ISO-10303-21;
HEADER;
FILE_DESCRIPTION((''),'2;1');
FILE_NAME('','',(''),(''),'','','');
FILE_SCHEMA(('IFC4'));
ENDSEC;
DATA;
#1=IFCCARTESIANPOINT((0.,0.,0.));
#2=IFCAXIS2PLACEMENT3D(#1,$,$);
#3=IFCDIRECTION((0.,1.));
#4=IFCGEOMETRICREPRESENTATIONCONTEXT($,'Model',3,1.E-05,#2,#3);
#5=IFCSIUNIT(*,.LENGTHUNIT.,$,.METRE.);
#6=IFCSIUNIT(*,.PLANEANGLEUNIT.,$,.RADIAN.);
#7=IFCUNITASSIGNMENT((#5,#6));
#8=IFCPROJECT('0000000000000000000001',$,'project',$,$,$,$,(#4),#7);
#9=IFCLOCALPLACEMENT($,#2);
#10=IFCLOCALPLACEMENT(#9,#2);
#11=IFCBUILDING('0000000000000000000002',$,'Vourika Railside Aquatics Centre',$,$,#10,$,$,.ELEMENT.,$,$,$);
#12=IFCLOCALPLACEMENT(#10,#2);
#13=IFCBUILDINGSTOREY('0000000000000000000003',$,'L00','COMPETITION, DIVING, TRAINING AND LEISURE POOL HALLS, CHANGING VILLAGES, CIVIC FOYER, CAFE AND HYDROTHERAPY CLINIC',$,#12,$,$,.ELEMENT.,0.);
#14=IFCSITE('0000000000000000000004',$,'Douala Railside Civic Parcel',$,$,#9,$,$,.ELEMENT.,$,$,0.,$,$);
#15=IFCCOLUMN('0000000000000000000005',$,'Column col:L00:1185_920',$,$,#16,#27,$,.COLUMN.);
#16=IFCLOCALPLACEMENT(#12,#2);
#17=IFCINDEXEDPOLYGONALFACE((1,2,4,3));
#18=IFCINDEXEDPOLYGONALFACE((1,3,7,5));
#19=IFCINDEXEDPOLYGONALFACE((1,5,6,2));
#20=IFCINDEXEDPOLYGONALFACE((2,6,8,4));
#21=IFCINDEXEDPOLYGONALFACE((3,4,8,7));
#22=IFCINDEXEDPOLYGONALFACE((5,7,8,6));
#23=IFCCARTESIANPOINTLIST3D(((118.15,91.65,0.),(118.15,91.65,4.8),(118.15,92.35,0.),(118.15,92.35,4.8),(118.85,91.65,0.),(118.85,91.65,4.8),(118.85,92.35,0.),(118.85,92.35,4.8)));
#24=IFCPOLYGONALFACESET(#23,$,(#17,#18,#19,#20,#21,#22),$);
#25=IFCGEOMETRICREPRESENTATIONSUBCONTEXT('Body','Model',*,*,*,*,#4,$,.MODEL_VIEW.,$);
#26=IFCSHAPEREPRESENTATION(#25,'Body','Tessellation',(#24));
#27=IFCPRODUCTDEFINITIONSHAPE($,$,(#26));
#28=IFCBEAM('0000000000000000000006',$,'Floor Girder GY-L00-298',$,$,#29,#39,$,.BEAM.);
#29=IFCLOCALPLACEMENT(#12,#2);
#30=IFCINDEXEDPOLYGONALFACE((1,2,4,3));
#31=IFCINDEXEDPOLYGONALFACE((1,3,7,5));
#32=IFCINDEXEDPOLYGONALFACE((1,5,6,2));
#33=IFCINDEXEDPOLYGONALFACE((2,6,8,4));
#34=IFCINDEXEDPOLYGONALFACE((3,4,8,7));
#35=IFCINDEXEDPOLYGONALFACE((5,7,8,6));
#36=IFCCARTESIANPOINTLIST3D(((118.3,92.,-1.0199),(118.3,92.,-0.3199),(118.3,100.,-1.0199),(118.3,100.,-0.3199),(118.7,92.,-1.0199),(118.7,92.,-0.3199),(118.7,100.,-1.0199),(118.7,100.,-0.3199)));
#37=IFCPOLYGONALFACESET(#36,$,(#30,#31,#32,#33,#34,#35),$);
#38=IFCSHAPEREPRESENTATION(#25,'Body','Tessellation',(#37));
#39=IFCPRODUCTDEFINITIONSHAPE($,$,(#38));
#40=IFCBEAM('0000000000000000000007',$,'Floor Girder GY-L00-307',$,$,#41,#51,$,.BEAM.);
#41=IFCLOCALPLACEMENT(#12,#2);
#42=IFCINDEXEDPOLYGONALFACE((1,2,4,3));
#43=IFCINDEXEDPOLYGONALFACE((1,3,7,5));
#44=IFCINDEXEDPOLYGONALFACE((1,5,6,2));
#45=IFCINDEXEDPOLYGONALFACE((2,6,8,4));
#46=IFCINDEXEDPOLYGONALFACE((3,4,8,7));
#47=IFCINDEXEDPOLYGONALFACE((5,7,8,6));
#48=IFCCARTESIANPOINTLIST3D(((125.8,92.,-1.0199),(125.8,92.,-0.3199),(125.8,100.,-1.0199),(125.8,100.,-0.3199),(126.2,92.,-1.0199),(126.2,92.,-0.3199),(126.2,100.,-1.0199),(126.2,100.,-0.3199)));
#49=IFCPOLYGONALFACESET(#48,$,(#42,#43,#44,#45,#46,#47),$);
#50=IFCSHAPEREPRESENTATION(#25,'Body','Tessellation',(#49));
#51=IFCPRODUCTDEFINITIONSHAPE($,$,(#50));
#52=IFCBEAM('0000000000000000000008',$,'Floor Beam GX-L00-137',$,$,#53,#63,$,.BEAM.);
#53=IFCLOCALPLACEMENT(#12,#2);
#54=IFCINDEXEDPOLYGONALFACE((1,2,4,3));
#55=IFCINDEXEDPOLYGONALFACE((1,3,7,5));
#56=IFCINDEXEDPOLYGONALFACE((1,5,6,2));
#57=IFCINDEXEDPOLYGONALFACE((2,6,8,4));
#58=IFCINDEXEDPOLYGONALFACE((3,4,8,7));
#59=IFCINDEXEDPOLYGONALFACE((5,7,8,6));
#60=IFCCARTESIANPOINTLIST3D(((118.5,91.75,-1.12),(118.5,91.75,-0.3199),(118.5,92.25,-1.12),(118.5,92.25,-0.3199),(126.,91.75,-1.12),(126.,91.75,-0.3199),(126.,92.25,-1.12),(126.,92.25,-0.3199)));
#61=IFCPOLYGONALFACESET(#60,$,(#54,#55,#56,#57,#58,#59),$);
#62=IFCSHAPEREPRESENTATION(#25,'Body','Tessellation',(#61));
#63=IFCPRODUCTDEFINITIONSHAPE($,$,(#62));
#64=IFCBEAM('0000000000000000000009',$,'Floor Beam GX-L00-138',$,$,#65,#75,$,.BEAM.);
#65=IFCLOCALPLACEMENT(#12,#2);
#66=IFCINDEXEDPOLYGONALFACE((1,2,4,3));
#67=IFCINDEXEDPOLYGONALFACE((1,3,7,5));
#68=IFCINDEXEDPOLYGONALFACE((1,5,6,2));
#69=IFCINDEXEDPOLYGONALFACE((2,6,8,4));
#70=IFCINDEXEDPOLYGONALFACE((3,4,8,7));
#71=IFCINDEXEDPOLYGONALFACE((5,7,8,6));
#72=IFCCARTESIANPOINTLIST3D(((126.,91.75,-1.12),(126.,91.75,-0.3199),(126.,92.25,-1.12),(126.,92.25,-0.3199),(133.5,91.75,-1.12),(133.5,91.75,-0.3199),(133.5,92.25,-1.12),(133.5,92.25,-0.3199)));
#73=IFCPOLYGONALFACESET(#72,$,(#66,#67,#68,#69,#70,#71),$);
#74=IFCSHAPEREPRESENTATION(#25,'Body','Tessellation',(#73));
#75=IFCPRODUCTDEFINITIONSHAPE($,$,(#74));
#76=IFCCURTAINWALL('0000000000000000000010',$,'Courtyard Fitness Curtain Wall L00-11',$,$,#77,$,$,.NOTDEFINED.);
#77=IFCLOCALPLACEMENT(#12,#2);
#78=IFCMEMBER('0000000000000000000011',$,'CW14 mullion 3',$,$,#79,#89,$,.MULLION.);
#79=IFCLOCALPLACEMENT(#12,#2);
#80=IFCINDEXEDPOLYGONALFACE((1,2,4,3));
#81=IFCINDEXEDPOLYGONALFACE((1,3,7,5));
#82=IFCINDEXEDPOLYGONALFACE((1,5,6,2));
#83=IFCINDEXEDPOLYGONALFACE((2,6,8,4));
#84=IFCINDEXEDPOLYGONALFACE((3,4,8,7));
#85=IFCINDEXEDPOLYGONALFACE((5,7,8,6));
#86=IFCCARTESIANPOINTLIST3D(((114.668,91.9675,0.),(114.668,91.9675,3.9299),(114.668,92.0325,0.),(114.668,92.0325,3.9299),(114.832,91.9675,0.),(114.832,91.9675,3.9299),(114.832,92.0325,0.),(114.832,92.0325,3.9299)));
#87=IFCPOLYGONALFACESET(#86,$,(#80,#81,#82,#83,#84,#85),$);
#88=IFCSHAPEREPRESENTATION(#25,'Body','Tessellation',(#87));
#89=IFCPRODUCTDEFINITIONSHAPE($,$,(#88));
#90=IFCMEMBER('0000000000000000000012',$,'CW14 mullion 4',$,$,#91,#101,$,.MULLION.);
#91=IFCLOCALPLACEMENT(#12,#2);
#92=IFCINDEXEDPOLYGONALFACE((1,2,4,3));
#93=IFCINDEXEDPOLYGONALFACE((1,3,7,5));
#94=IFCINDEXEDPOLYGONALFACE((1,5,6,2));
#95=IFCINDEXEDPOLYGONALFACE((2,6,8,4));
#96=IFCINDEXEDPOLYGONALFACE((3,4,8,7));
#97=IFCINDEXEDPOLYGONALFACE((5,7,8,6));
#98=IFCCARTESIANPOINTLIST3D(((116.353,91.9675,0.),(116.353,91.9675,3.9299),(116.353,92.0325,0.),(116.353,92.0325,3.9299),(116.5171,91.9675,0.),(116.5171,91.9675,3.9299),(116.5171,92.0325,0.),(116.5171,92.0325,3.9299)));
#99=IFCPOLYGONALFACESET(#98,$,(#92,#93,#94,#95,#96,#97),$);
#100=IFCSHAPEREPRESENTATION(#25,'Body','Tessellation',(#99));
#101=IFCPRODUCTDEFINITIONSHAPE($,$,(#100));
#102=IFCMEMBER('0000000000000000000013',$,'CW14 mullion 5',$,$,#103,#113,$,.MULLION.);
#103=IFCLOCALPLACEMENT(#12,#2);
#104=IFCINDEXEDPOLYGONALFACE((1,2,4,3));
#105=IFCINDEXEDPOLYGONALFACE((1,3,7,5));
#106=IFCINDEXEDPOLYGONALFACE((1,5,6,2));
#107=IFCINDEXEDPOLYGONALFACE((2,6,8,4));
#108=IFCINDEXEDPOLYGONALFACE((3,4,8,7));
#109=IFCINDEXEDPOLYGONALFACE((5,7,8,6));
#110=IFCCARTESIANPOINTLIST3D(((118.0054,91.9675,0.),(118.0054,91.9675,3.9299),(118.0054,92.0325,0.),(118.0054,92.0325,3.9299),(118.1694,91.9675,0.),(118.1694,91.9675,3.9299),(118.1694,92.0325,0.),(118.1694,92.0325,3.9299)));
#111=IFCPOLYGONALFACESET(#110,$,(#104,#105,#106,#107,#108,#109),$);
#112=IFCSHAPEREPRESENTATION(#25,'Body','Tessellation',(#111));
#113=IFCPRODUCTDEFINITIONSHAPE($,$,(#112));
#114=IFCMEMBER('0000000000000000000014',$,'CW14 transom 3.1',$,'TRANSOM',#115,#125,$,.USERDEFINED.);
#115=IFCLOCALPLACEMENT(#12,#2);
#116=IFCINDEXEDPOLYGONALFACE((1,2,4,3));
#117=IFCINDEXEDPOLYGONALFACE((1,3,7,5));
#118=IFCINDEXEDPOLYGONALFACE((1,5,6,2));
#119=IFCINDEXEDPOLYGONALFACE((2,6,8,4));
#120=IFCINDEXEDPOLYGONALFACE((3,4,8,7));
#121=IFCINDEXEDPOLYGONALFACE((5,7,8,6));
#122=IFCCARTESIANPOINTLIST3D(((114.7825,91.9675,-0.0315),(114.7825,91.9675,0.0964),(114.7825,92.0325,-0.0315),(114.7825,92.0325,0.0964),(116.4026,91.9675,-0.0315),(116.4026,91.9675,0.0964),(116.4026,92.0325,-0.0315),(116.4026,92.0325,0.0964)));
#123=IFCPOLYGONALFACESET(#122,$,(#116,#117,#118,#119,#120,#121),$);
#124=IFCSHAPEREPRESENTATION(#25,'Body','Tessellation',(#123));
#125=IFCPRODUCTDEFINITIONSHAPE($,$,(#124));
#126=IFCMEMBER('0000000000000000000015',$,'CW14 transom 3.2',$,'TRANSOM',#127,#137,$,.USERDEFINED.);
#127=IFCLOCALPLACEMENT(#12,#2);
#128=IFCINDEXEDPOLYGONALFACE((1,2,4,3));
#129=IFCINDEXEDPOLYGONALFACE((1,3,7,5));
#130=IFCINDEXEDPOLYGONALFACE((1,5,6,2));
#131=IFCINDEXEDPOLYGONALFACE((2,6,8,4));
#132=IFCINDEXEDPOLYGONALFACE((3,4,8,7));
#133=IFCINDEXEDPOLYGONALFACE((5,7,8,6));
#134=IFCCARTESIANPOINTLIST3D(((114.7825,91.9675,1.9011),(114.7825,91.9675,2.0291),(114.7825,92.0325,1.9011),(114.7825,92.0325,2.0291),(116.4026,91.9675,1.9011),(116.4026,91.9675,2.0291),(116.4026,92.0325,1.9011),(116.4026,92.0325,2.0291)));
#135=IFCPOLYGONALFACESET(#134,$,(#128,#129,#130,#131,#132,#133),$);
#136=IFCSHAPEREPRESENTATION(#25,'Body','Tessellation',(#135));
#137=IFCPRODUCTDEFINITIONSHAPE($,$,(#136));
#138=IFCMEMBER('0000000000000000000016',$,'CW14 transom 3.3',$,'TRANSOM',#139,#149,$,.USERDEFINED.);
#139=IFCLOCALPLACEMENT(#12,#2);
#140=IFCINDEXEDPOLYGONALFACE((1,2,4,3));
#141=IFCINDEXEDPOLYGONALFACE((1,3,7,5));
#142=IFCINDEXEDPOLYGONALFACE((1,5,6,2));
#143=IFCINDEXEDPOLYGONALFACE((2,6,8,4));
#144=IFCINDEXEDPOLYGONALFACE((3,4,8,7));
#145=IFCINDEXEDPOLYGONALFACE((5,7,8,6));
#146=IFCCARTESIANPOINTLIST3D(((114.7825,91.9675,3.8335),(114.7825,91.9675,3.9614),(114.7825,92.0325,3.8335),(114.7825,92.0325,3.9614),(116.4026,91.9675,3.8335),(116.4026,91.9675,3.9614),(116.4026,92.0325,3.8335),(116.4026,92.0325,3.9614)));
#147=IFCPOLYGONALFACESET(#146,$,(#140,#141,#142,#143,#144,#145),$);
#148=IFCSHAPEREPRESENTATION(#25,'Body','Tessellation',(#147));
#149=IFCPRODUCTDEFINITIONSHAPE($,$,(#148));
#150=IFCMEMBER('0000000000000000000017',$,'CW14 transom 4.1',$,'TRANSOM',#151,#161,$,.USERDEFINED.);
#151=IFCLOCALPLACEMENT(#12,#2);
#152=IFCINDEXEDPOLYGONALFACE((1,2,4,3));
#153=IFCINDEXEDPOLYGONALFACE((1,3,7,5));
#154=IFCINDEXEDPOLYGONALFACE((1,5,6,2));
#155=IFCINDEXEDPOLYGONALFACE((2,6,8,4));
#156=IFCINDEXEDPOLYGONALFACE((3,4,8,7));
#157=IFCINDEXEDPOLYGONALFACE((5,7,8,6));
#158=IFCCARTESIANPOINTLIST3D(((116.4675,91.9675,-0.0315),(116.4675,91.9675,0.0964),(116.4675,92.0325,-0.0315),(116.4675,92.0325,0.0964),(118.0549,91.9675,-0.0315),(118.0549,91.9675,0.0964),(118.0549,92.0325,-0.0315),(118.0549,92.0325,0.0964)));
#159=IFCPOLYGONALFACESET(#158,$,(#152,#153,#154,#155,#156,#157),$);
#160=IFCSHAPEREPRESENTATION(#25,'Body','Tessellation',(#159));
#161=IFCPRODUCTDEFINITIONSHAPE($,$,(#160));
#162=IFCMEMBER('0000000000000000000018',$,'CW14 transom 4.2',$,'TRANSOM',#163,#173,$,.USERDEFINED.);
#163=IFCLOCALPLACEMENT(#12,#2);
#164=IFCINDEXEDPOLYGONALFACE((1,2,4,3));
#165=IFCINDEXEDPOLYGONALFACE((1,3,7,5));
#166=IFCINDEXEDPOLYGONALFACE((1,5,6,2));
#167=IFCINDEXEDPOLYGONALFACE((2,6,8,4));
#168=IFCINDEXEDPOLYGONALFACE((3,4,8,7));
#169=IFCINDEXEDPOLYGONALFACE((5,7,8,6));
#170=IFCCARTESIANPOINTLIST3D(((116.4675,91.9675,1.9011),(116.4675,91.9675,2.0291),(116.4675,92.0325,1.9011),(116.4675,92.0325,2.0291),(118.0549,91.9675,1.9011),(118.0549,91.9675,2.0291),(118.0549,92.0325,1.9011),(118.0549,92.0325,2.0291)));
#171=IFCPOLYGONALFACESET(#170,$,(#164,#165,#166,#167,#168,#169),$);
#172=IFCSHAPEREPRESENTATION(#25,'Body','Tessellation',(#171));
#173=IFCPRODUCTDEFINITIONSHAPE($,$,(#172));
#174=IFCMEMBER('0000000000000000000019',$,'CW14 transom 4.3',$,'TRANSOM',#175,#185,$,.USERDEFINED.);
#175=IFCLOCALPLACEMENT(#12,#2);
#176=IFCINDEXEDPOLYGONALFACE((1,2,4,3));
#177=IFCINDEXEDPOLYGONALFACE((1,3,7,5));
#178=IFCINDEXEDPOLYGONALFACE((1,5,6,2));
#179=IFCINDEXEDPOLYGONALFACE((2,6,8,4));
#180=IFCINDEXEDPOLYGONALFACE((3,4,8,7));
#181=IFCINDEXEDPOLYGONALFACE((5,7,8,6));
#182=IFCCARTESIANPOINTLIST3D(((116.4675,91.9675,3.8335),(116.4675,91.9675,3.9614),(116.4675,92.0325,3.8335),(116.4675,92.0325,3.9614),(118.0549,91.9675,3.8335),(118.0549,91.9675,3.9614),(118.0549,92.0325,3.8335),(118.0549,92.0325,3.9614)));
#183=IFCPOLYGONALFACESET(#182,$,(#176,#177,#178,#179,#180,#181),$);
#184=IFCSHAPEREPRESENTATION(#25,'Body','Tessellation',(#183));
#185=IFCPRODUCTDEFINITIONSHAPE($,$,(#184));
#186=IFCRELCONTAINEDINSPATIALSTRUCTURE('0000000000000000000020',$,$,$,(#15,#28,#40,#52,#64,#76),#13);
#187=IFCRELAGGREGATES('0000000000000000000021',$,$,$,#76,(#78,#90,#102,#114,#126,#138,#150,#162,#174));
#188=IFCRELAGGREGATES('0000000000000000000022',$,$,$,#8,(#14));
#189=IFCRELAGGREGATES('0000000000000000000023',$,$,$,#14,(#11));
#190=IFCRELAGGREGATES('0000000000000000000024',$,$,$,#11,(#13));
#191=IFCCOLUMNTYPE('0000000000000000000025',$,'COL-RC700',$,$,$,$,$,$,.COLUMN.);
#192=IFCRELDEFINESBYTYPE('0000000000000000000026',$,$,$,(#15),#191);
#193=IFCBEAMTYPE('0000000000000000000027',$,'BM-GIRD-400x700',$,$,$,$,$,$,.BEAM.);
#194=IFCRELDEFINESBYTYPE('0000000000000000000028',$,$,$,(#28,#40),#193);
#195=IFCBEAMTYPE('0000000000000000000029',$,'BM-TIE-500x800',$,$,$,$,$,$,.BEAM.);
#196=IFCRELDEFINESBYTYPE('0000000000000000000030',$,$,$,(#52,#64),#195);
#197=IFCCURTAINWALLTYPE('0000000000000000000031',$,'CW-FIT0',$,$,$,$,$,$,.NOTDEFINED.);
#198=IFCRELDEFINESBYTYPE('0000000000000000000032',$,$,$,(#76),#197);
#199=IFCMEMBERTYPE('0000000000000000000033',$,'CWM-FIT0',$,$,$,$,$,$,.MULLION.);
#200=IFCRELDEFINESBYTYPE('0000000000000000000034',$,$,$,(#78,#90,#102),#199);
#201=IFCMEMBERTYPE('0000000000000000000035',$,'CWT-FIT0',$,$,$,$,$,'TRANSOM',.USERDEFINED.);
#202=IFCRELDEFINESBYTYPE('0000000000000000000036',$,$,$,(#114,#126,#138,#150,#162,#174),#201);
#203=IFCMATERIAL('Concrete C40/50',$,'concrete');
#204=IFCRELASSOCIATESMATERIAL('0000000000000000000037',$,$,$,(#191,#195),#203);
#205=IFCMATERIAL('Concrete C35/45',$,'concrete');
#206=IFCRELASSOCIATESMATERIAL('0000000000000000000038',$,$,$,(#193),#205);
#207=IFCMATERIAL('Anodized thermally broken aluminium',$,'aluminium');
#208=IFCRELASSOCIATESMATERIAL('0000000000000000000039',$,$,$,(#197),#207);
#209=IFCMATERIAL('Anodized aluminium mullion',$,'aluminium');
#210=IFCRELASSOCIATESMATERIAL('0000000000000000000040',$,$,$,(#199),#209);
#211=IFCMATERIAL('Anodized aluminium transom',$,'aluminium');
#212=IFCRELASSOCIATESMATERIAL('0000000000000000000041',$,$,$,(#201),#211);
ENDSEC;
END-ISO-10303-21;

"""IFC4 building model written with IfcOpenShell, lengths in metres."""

from ifc_helpers import new_model, si_unit, direction, frame, origin, origin_2d, place, context, subcontext, project, spatial, rectangle, extrude, material, material_profile, profile_set, type_object, element, aggregate, save


model = new_model("IFC4")

# Units and contexts
model_context = context("Model", 3, precision=1e-05, world=origin(), true_north=direction((0.0, 1.0)))
body_context = subcontext(model_context, "Body", "Model", "MODEL_VIEW")
ifc_project = project(units=[si_unit("LENGTHUNIT", "METRE"), si_unit("PLANEANGLEUNIT", "RADIAN")], contexts=[model_context])

# Site, building, storey
site_placement = place(None, origin())
site = spatial("IfcSite", under=ifc_project, at=site_placement, Name="Douala Railside Civic Parcel", CompositionType="ELEMENT", RefElevation=0.0)
building_placement = place(site_placement, origin())
building = spatial("IfcBuilding", under=site, at=building_placement, Name="Vourika Railside Aquatics Centre", CompositionType="ELEMENT")
storey_placement = place(building_placement, origin())
storey = spatial("IfcBuildingStorey", under=building, at=storey_placement, Name="L00", Description="COMPETITION, DIVING, TRAINING AND LEISURE POOL HALLS, CHANGING VILLAGES, CIVIC FOYER, CAFE AND HYDROTHERAPY CLINIC", CompositionType="ELEMENT", Elevation=0.0)

# Column
ifc_material_1 = material(Name="Concrete C40/50", Category="concrete")
ifc_material_profile_1 = material_profile(ifc_material_1, rectangle(XDim=0.7, YDim=0.7, at=origin_2d()), Name="RC 700x700")
ifc_profile_set_1 = profile_set([ifc_material_profile_1], Name="Concrete C40/50")
column_type = type_object("IfcColumnType", Name="COL-RC700", PredefinedType="COLUMN", material=ifc_profile_set_1)
column_placement = place(storey_placement, frame((118.5, 92.0, 0.0), z_axis=(0.0, 0.0, 1.0), x_axis=(1.0, 0.0, 0.0)))
element("IfcColumn", 1, at=column_placement, inside=storey, type_object=column_type, Name="Column col:L00:1185_920", PredefinedType="COLUMN", context=body_context, shape_type="SweptSolid", body=[
    extrude(rectangle(XDim=0.7, YDim=0.7, at=origin_2d()), origin(), (0.0, 0.0, 1.0), 4.8),
])

# Beams
ifc_material_2 = material(Name="Concrete C35/45", Category="concrete")
ifc_material_profile_2 = material_profile(ifc_material_2, rectangle(XDim=0.3999, YDim=0.7, at=origin_2d()), Name="RC 400x700")
ifc_profile_set_2 = profile_set([ifc_material_profile_2], Name="Concrete C35/45")
beam_type_1 = type_object("IfcBeamType", Name="BM-GIRD-400x700", PredefinedType="BEAM", material=ifc_profile_set_2)
for number, where, z_axis, x_axis, name in (
    (2, (118.5, 92.0, -0.6699), (0.0, 1.0, 0.0), (-1.0, 0.0, 0.0), "Floor Girder GY-L00-298"),
    (3, (126.0, 92.0, -0.6699), (0.0, 1.0, 0.0), (-1.0, 0.0, 0.0), "Floor Girder GY-L00-307"),
):
    element("IfcBeam", number, at=place(storey_placement, frame(where, z_axis=z_axis, x_axis=x_axis)), inside=storey, type_object=beam_type_1, Name=name, PredefinedType="BEAM", context=body_context, shape_type="SweptSolid", body=[
        extrude(rectangle(XDim=0.3999, YDim=0.7, at=origin_2d()), origin(), (0.0, 0.0, 1.0), 8.0),
    ])
ifc_material_profile_3 = material_profile(ifc_material_1, rectangle(XDim=0.5, YDim=0.8, at=origin_2d()), Name="RC 500x800")
ifc_profile_set_3 = profile_set([ifc_material_profile_3], Name="Concrete C40/50")
beam_type_2 = type_object("IfcBeamType", Name="BM-TIE-500x800", PredefinedType="BEAM", material=ifc_profile_set_3)
for number, where, z_axis, x_axis, name in (
    (4, (118.5, 92.0, -0.72), (1.0, 0.0, 0.0), (0.0, 1.0, 0.0), "Floor Beam GX-L00-137"),
    (5, (126.0, 92.0, -0.72), (1.0, 0.0, 0.0), (0.0, 1.0, 0.0), "Floor Beam GX-L00-138"),
):
    element("IfcBeam", number, at=place(storey_placement, frame(where, z_axis=z_axis, x_axis=x_axis)), inside=storey, type_object=beam_type_2, Name=name, PredefinedType="BEAM", context=body_context, shape_type="SweptSolid", body=[
        extrude(rectangle(XDim=0.5, YDim=0.8, at=origin_2d()), origin(), (0.0, 0.0, 1.0), 7.5),
    ])

# Curtain wall, members
ifc_material_3 = material(Name="Anodized thermally broken aluminium", Category="aluminium")
curtain_wall_type = type_object("IfcCurtainWallType", Name="CW-FIT0", PredefinedType="NOTDEFINED", material=ifc_material_3)
curtain_wall_placement = place(storey_placement, origin())
curtain_wall = element("IfcCurtainWall", 6, at=curtain_wall_placement, inside=storey, type_object=curtain_wall_type, Name="Courtyard Fitness Curtain Wall L00-11", PredefinedType="NOTDEFINED")
ifc_material_4 = material(Name="Anodized aluminium mullion", Category="aluminium")
ifc_material_profile_4 = material_profile(ifc_material_4, rectangle(XDim=0.0649, YDim=0.1641, at=origin_2d()), Name="ALU-M 65x164")
ifc_profile_set_4 = profile_set([ifc_material_profile_4], Name="Anodized aluminium mullion")
member_type_1 = type_object("IfcMemberType", Name="CWM-FIT0", PredefinedType="MULLION", material=ifc_profile_set_4)
member_1_placement = place(storey_placement, frame((114.75, 92.0, 0.0), z_axis=(0.0, 0.0, 1.0), x_axis=(0.0, 1.0, 0.0)))
member_1 = element("IfcMember", 7, at=member_1_placement, type_object=member_type_1, Name="CW14 mullion 3", PredefinedType="MULLION", context=body_context, shape_type="SweptSolid", body=[
    extrude(rectangle(XDim=0.0649, YDim=0.1641, at=origin_2d()), origin(), (0.0, 0.0, 1.0), 3.9299),
])
member_2_placement = place(storey_placement, frame((116.4351, 92.0, 0.0), z_axis=(0.0, 0.0, 1.0), x_axis=(0.0, 1.0, 0.0)))
member_2 = element("IfcMember", 8, at=member_2_placement, type_object=member_type_1, Name="CW14 mullion 4", PredefinedType="MULLION", context=body_context, shape_type="SweptSolid", body=[
    extrude(rectangle(XDim=0.0649, YDim=0.1641, at=origin_2d()), origin(), (0.0, 0.0, 1.0), 3.9299),
])
member_3_placement = place(storey_placement, frame((118.0874, 92.0, 0.0), z_axis=(0.0, 0.0, 1.0), x_axis=(0.0, 1.0, 0.0)))
member_3 = element("IfcMember", 9, at=member_3_placement, type_object=member_type_1, Name="CW14 mullion 5", PredefinedType="MULLION", context=body_context, shape_type="SweptSolid", body=[
    extrude(rectangle(XDim=0.0649, YDim=0.1641, at=origin_2d()), origin(), (0.0, 0.0, 1.0), 3.9299),
])
ifc_material_5 = material(Name="Anodized aluminium transom", Category="aluminium")
ifc_material_profile_5 = material_profile(ifc_material_5, rectangle(XDim=0.0649, YDim=0.1279, at=origin_2d()), Name="ALU-T 65x128")
ifc_profile_set_5 = profile_set([ifc_material_profile_5], Name="Anodized aluminium transom")
member_type_2 = type_object("IfcMemberType", Name="CWT-FIT0", ElementType="TRANSOM", PredefinedType="USERDEFINED", material=ifc_profile_set_5)
member_4_placement = place(storey_placement, frame((114.7825, 92.0, 0.0325), z_axis=(1.0, 0.0, 0.0), x_axis=(0.0, 1.0, 0.0)))
member_4 = element("IfcMember", 10, at=member_4_placement, type_object=member_type_2, Name="CW14 transom 3.1", ObjectType="TRANSOM", PredefinedType="USERDEFINED", context=body_context, shape_type="SweptSolid", body=[
    extrude(rectangle(XDim=0.0649, YDim=0.1279, at=origin_2d()), origin(), (0.0, 0.0, 1.0), 1.6201),
])
member_5_placement = place(storey_placement, frame((114.7825, 92.0, 1.9651), z_axis=(1.0, 0.0, 0.0), x_axis=(0.0, 1.0, 0.0)))
member_5 = element("IfcMember", 11, at=member_5_placement, type_object=member_type_2, Name="CW14 transom 3.2", ObjectType="TRANSOM", PredefinedType="USERDEFINED", context=body_context, shape_type="SweptSolid", body=[
    extrude(rectangle(XDim=0.0649, YDim=0.1279, at=origin_2d()), origin(), (0.0, 0.0, 1.0), 1.6201),
])
member_6_placement = place(storey_placement, frame((114.7825, 92.0, 3.8975), z_axis=(1.0, 0.0, 0.0), x_axis=(0.0, 1.0, 0.0)))
member_6 = element("IfcMember", 12, at=member_6_placement, type_object=member_type_2, Name="CW14 transom 3.3", ObjectType="TRANSOM", PredefinedType="USERDEFINED", context=body_context, shape_type="SweptSolid", body=[
    extrude(rectangle(XDim=0.0649, YDim=0.1279, at=origin_2d()), origin(), (0.0, 0.0, 1.0), 1.6201),
])
member_7_placement = place(storey_placement, frame((116.4675, 92.0, 0.0325), z_axis=(1.0, 0.0, 0.0), x_axis=(0.0, 1.0, 0.0)))
member_7 = element("IfcMember", 13, at=member_7_placement, type_object=member_type_2, Name="CW14 transom 4.1", ObjectType="TRANSOM", PredefinedType="USERDEFINED", context=body_context, shape_type="SweptSolid", body=[
    extrude(rectangle(XDim=0.0649, YDim=0.1279, at=origin_2d()), origin(), (0.0, 0.0, 1.0), 1.5874),
])
member_8_placement = place(storey_placement, frame((116.4675, 92.0, 1.9651), z_axis=(1.0, 0.0, 0.0), x_axis=(0.0, 1.0, 0.0)))
member_8 = element("IfcMember", 14, at=member_8_placement, type_object=member_type_2, Name="CW14 transom 4.2", ObjectType="TRANSOM", PredefinedType="USERDEFINED", context=body_context, shape_type="SweptSolid", body=[
    extrude(rectangle(XDim=0.0649, YDim=0.1279, at=origin_2d()), origin(), (0.0, 0.0, 1.0), 1.5874),
])
member_9_placement = place(storey_placement, frame((116.4675, 92.0, 3.8975), z_axis=(1.0, 0.0, 0.0), x_axis=(0.0, 1.0, 0.0)))
member_9 = element("IfcMember", 15, at=member_9_placement, type_object=member_type_2, Name="CW14 transom 4.3", ObjectType="TRANSOM", PredefinedType="USERDEFINED", context=body_context, shape_type="SweptSolid", body=[
    extrude(rectangle(XDim=0.0649, YDim=0.1279, at=origin_2d()), origin(), (0.0, 0.0, 1.0), 1.5874),
])
aggregate(curtain_wall, [member_1, member_2, member_3, member_4, member_5, member_6, member_7, member_8, member_9])

save(model, "model.ifc")
